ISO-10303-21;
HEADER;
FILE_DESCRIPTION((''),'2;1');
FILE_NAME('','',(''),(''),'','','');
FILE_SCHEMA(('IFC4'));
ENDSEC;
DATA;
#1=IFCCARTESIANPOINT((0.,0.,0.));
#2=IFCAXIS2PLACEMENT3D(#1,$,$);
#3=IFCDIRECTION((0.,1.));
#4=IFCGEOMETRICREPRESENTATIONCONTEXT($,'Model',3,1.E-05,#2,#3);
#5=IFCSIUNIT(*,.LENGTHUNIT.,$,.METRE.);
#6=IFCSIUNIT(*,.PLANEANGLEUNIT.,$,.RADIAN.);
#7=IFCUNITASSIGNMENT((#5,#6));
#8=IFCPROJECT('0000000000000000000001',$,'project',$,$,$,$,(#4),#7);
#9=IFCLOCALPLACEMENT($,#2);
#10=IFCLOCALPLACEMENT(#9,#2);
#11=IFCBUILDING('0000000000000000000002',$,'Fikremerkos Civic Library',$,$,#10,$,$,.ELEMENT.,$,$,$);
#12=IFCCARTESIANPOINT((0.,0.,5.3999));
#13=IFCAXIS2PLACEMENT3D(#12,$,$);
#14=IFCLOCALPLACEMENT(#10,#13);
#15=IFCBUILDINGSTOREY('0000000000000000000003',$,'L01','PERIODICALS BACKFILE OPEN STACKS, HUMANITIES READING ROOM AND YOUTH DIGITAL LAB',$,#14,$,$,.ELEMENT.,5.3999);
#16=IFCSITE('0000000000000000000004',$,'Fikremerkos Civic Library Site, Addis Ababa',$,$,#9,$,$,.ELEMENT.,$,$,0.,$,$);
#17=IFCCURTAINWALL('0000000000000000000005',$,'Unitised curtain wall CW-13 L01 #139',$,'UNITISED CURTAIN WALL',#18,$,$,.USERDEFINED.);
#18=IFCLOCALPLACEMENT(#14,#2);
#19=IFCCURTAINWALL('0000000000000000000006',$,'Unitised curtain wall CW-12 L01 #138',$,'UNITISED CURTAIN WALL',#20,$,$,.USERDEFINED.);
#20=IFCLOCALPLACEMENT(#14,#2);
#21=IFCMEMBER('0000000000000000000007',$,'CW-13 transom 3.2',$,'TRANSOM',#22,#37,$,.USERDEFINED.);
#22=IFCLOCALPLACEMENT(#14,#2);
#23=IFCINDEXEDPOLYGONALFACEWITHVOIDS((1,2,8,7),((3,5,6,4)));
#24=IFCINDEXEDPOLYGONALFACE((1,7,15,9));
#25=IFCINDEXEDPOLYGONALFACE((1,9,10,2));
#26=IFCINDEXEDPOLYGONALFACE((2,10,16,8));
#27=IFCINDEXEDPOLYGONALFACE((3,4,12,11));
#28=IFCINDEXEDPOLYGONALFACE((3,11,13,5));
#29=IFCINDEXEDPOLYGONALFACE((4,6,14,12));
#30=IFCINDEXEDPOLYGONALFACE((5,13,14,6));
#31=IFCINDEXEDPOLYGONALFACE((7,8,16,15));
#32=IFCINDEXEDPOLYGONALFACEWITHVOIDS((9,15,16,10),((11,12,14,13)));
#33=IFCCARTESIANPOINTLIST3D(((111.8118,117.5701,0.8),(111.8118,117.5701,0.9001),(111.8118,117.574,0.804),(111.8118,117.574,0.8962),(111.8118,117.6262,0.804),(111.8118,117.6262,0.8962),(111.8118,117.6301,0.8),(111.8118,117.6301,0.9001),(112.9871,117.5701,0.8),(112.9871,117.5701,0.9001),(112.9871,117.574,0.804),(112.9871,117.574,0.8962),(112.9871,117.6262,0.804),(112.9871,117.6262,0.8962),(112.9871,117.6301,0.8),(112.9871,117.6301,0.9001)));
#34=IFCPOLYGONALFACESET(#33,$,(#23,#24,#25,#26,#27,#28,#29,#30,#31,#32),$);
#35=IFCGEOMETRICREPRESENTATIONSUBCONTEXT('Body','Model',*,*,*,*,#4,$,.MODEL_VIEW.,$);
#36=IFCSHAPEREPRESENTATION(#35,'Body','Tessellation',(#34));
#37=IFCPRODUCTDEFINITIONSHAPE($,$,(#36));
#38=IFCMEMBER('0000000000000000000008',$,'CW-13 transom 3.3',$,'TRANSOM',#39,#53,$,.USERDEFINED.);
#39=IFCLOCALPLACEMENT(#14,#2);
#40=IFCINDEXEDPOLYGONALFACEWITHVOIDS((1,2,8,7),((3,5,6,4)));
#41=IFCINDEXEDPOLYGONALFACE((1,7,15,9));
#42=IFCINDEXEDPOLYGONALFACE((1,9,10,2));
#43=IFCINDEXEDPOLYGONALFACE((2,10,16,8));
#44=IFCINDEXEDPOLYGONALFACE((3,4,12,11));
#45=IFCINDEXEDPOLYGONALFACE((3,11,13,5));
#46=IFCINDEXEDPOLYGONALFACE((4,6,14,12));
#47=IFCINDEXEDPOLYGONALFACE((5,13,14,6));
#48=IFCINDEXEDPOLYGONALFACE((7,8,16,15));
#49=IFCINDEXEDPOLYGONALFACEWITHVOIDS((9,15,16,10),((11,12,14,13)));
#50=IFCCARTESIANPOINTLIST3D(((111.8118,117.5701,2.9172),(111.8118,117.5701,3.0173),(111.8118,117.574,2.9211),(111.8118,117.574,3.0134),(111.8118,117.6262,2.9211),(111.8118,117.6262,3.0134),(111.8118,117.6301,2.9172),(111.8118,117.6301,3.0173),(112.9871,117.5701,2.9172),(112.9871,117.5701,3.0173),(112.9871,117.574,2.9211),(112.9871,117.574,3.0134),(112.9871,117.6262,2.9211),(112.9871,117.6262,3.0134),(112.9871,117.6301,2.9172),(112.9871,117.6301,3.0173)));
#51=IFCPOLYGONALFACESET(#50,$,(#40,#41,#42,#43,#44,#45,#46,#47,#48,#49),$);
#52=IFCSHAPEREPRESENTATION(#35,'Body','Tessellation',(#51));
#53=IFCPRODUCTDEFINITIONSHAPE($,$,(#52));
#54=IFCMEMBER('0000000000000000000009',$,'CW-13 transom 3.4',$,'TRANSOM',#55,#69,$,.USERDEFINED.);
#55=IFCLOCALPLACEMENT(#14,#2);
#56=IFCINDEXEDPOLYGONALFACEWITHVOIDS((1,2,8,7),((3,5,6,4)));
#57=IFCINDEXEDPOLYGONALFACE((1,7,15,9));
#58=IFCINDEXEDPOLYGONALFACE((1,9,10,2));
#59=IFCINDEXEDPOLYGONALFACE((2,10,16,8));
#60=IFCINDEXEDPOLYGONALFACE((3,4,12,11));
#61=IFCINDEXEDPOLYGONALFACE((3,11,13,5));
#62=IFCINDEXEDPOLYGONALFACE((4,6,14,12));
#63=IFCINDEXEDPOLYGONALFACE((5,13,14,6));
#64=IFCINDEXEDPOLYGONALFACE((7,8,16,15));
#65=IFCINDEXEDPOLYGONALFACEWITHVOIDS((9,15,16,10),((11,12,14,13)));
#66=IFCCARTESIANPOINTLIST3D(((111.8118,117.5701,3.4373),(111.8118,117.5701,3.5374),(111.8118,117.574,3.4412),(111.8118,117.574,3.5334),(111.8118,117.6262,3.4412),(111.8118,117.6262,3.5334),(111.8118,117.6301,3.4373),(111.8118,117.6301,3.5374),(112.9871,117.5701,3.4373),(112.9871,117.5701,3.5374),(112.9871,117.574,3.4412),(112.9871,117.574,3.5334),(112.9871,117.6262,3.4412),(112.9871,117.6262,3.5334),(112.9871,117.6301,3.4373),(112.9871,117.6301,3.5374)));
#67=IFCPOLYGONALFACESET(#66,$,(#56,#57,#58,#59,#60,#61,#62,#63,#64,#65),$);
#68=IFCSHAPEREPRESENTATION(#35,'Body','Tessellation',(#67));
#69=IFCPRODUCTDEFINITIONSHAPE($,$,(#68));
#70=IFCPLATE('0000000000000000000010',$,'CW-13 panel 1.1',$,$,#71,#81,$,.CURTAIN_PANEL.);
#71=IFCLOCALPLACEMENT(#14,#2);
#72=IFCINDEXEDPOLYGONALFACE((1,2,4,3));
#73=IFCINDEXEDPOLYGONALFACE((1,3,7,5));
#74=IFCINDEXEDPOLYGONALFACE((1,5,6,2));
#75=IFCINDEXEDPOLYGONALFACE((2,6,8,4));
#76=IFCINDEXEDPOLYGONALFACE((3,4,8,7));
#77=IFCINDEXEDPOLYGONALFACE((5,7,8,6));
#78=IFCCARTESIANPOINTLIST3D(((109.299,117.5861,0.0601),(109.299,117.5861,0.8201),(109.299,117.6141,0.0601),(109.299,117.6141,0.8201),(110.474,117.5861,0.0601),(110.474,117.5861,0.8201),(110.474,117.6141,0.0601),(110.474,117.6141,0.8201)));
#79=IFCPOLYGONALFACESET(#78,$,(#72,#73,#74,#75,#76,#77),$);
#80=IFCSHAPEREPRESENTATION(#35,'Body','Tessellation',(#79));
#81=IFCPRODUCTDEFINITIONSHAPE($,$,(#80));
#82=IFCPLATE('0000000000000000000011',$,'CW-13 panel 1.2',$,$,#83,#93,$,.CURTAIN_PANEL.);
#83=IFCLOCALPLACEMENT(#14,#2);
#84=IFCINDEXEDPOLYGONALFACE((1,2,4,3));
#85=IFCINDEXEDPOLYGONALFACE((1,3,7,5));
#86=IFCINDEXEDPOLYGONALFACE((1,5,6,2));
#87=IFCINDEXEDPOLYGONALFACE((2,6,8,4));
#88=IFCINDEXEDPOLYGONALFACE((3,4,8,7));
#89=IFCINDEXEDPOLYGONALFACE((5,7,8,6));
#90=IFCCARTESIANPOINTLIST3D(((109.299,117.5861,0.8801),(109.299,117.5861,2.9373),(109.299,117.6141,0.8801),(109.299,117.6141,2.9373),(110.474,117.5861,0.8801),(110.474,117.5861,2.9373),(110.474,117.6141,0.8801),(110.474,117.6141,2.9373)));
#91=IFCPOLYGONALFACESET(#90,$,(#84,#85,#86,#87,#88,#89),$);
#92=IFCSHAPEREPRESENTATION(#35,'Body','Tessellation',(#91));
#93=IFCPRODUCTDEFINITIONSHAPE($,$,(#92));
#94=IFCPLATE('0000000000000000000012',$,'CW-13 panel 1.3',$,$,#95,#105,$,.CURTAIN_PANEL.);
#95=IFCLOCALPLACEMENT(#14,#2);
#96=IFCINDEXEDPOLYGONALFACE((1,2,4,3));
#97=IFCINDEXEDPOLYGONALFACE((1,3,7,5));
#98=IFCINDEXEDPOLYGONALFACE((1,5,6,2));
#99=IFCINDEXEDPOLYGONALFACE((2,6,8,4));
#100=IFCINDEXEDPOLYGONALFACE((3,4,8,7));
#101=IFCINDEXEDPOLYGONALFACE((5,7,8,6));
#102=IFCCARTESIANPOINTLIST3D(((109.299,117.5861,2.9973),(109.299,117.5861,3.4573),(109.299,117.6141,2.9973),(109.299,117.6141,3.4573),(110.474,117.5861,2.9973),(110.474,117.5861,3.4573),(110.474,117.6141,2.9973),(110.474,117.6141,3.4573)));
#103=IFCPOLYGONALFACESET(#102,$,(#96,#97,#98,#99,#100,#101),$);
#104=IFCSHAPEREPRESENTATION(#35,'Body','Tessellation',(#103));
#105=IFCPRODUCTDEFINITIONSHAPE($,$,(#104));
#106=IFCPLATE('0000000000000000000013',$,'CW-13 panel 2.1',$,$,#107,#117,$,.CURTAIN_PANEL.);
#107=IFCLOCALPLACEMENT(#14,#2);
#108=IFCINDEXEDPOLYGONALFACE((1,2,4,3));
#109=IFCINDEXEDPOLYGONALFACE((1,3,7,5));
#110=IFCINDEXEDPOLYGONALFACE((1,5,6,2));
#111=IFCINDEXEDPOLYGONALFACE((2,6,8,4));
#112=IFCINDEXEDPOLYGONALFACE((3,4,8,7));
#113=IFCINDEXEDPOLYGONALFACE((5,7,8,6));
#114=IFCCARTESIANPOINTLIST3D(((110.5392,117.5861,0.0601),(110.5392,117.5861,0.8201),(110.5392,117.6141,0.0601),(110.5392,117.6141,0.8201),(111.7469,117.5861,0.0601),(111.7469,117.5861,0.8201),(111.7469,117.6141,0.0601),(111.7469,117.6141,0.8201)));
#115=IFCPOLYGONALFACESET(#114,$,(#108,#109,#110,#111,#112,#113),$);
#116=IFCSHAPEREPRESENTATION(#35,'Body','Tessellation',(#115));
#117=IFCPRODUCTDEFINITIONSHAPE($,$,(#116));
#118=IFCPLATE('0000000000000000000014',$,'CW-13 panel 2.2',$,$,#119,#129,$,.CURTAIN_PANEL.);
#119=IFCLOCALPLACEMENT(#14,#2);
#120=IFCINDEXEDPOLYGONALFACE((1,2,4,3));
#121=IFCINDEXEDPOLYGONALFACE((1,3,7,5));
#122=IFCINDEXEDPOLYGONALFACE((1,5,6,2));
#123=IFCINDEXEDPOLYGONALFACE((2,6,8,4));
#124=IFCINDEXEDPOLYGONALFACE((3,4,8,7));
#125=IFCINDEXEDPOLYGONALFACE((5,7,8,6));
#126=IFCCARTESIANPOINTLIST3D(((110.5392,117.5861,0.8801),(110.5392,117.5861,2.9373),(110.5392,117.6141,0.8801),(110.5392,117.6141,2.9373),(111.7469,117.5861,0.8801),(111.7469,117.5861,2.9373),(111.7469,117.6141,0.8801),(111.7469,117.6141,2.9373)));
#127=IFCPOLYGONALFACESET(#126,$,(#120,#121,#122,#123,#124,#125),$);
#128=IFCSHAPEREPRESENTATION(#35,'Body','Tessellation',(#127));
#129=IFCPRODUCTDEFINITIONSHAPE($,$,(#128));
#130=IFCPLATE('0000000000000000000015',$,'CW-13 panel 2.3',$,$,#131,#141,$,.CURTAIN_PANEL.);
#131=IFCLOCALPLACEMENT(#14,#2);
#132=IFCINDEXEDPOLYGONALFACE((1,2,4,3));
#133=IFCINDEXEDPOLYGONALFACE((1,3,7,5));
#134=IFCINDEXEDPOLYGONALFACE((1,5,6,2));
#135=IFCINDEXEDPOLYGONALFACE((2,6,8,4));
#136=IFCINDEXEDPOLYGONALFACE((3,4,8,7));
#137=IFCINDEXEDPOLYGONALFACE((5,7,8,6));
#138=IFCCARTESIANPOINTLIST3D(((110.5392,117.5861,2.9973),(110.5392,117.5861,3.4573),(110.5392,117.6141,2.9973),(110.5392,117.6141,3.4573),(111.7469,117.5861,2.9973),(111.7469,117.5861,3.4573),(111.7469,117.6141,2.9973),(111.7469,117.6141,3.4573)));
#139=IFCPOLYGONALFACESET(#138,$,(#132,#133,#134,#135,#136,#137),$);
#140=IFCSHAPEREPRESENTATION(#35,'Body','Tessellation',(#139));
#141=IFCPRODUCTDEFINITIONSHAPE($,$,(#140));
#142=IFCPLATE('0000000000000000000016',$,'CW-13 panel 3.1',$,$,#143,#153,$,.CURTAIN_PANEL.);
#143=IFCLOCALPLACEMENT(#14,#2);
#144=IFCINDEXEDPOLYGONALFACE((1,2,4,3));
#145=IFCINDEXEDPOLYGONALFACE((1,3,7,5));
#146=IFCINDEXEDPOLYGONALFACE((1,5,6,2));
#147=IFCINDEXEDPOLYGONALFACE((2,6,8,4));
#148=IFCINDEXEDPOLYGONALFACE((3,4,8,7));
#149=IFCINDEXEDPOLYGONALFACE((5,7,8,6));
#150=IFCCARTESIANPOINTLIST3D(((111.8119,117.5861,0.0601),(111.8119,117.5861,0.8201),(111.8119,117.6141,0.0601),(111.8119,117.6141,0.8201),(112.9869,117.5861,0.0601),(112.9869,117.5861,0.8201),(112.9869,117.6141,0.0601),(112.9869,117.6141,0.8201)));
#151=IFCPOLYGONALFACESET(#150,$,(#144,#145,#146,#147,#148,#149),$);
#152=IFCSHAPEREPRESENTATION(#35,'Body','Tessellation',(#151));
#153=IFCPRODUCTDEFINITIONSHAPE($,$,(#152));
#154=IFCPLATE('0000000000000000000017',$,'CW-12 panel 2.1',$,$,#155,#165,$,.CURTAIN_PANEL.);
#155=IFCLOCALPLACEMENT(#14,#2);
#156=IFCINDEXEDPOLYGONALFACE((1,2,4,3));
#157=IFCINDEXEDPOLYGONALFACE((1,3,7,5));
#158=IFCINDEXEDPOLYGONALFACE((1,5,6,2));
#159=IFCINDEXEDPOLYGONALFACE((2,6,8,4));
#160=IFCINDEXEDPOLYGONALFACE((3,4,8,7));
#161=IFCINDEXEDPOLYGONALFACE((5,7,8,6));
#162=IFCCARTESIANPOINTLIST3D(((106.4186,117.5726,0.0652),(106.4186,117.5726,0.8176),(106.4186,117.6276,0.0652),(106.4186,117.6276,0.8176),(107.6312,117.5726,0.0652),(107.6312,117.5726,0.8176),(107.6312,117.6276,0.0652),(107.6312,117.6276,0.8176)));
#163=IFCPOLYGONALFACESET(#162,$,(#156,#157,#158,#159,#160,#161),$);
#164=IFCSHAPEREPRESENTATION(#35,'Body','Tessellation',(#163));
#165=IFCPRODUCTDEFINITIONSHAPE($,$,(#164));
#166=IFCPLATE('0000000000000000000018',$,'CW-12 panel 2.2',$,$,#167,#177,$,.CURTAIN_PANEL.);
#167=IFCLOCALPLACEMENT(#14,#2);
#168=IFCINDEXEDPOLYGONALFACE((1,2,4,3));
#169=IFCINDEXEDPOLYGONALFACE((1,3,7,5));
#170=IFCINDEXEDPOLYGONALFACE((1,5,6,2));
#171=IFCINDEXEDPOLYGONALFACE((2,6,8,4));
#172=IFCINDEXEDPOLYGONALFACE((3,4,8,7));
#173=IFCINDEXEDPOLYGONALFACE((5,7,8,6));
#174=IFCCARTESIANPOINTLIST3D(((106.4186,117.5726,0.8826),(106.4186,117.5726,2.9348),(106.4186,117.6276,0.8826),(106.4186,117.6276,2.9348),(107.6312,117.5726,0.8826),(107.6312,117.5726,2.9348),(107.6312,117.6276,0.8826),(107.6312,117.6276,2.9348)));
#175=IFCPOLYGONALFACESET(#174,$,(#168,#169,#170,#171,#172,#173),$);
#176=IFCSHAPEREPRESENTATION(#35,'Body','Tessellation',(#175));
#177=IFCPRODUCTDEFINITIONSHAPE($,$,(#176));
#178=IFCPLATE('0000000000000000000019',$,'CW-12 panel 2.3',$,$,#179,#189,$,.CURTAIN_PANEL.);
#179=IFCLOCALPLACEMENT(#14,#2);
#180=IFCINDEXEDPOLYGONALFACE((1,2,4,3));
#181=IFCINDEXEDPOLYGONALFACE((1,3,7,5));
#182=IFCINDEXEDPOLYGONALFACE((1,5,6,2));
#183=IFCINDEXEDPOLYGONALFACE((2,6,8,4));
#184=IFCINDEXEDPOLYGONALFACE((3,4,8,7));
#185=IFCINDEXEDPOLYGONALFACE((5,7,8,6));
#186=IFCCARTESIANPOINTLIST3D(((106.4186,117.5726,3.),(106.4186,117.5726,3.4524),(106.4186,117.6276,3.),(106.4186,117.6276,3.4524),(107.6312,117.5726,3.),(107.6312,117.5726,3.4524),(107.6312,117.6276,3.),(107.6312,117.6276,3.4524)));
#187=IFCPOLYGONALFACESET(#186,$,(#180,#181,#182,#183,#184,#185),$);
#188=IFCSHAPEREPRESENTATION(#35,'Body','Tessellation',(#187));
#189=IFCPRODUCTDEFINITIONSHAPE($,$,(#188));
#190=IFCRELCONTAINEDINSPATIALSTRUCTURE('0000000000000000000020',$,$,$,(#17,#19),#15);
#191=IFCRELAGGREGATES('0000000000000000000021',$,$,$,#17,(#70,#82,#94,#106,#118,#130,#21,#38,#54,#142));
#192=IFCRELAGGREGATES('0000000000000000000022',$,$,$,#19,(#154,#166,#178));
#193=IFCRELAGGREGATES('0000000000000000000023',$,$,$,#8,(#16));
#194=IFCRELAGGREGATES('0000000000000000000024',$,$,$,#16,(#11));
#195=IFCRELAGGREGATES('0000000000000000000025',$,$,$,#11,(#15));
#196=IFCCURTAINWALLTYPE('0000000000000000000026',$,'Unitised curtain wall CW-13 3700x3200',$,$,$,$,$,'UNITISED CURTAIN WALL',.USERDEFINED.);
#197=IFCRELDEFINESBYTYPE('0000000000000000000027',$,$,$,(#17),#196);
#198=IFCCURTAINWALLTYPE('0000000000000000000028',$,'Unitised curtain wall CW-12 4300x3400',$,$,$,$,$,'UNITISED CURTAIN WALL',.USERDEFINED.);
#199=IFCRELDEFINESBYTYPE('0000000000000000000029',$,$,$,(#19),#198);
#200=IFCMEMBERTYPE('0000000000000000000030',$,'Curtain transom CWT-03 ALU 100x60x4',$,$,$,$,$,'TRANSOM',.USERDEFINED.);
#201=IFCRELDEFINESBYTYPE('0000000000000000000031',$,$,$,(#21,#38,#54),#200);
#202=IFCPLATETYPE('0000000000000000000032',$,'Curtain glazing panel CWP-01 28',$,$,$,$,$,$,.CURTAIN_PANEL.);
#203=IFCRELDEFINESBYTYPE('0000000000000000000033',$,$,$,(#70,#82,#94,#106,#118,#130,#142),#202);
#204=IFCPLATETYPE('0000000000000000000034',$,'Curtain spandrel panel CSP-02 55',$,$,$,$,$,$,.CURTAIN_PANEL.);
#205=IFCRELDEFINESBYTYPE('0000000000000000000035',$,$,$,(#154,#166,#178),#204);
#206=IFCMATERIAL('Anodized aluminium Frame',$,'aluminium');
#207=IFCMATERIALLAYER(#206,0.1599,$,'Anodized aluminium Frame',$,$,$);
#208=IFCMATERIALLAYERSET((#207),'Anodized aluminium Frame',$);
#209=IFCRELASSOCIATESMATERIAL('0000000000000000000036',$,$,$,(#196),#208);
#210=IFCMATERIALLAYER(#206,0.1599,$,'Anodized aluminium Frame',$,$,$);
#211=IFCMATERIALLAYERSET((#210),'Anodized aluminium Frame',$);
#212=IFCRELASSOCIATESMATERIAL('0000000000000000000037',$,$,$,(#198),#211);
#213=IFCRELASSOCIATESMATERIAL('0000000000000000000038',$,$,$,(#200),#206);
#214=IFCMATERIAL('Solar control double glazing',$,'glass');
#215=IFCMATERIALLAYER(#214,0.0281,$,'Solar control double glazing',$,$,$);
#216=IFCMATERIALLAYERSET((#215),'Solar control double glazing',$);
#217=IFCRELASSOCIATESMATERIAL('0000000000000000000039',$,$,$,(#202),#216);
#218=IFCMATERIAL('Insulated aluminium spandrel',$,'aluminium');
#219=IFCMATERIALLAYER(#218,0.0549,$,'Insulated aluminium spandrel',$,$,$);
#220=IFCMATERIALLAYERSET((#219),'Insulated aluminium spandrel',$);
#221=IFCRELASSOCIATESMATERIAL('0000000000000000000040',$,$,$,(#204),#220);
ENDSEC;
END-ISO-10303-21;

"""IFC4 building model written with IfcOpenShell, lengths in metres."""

from ifc_helpers import new_model, si_unit, direction, frame, origin, origin_2d, place, context, subcontext, project, spatial, rectangle, hollow_rectangle, extrude, material, layer, layer_set, material_profile, profile_set, type_object, element, aggregate, save


model = new_model("IFC4")

# Units and contexts
model_context = context("Model", 3, precision=1e-05, world=origin(), true_north=direction((0.0, 1.0)))
body_context = subcontext(model_context, "Body", "Model", "MODEL_VIEW")
ifc_project = project(units=[si_unit("LENGTHUNIT", "METRE"), si_unit("PLANEANGLEUNIT", "RADIAN")], contexts=[model_context])

# Site, building, storey
site_placement = place(None, origin())
site = spatial("IfcSite", under=ifc_project, at=site_placement, Name="Fikremerkos Civic Library Site, Addis Ababa", CompositionType="ELEMENT", RefElevation=0.0)
building_placement = place(site_placement, origin())
building = spatial("IfcBuilding", under=site, at=building_placement, Name="Fikremerkos Civic Library", CompositionType="ELEMENT")
storey_placement = place(building_placement, frame((0.0, 0.0, 5.3999)))
storey = spatial("IfcBuildingStorey", under=building, at=storey_placement, Name="L01", Description="PERIODICALS BACKFILE OPEN STACKS, HUMANITIES READING ROOM AND YOUTH DIGITAL LAB", CompositionType="ELEMENT", Elevation=5.3999)

# Curtain walls
ifc_material_1 = material(Name="Anodized aluminium Frame", Category="aluminium")
ifc_layer_1 = layer(ifc_material_1, 0.1599, Name="Anodized aluminium Frame")
ifc_layer_set_1 = layer_set([ifc_layer_1], Name="Anodized aluminium Frame")
curtain_wall_type_1 = type_object("IfcCurtainWallType", Name="Unitised curtain wall CW-13 3700x3200", ElementType="UNITISED CURTAIN WALL", PredefinedType="USERDEFINED", material=ifc_layer_set_1)
curtain_wall_1_placement = place(storey_placement, origin())
curtain_wall_1 = element("IfcCurtainWall", 1, at=curtain_wall_1_placement, inside=storey, type_object=curtain_wall_type_1, Name="Unitised curtain wall CW-13 L01 #139", ObjectType="UNITISED CURTAIN WALL", PredefinedType="USERDEFINED")
ifc_layer_2 = layer(ifc_material_1, 0.1599, Name="Anodized aluminium Frame")
ifc_layer_set_2 = layer_set([ifc_layer_2], Name="Anodized aluminium Frame")
curtain_wall_type_2 = type_object("IfcCurtainWallType", Name="Unitised curtain wall CW-12 4300x3400", ElementType="UNITISED CURTAIN WALL", PredefinedType="USERDEFINED", material=ifc_layer_set_2)
curtain_wall_2_placement = place(storey_placement, origin())
curtain_wall_2 = element("IfcCurtainWall", 2, at=curtain_wall_2_placement, inside=storey, type_object=curtain_wall_type_2, Name="Unitised curtain wall CW-12 L01 #138", ObjectType="UNITISED CURTAIN WALL", PredefinedType="USERDEFINED")

# Members
ifc_material_profile_1 = material_profile(ifc_material_1, hollow_rectangle(XDim=0.0601, YDim=0.1001, WallThickness=0.0039, at=origin_2d()), Name="ALU 100x60x4")
ifc_profile_set_1 = profile_set([ifc_material_profile_1], Name="Anodized aluminium Frame")
member_type_1 = type_object("IfcMemberType", Name="Curtain transom CWT-03 ALU 100x60x4", ElementType="TRANSOM", PredefinedType="USERDEFINED", material=ifc_profile_set_1)
member_1_placement = place(storey_placement, frame((111.8118, 117.6001, 0.8501), z_axis=(1.0, 0.0, 0.0), x_axis=(0.0, 1.0, 0.0)))
member_1 = element("IfcMember", 3, at=member_1_placement, type_object=member_type_1, Name="CW-13 transom 3.2", ObjectType="TRANSOM", PredefinedType="USERDEFINED", context=body_context, shape_type="SweptSolid", body=[
    extrude(hollow_rectangle(XDim=0.0601, YDim=0.1001, WallThickness=0.0039, at=origin_2d()), origin(), (0.0, 0.0, 1.0), 1.1753),
])
member_2_placement = place(storey_placement, frame((111.8118, 117.6001, 2.9673), z_axis=(1.0, 0.0, 0.0), x_axis=(0.0, 1.0, 0.0)))
member_2 = element("IfcMember", 4, at=member_2_placement, type_object=member_type_1, Name="CW-13 transom 3.3", ObjectType="TRANSOM", PredefinedType="USERDEFINED", context=body_context, shape_type="SweptSolid", body=[
    extrude(hollow_rectangle(XDim=0.0601, YDim=0.1001, WallThickness=0.0039, at=origin_2d()), origin(), (0.0, 0.0, 1.0), 1.1753),
])
member_3_placement = place(storey_placement, frame((111.8118, 117.6001, 3.4873), z_axis=(1.0, 0.0, 0.0), x_axis=(0.0, 1.0, 0.0)))
member_3 = element("IfcMember", 5, at=member_3_placement, type_object=member_type_1, Name="CW-13 transom 3.4", ObjectType="TRANSOM", PredefinedType="USERDEFINED", context=body_context, shape_type="SweptSolid", body=[
    extrude(hollow_rectangle(XDim=0.0601, YDim=0.1001, WallThickness=0.0039, at=origin_2d()), origin(), (0.0, 0.0, 1.0), 1.1753),
])

# Plates
ifc_material_2 = material(Name="Solar control double glazing", Category="glass")
ifc_layer_3 = layer(ifc_material_2, 0.0281, Name="Solar control double glazing")
ifc_layer_set_3 = layer_set([ifc_layer_3], Name="Solar control double glazing")
plate_type_1 = type_object("IfcPlateType", Name="Curtain glazing panel CWP-01 28", PredefinedType="CURTAIN_PANEL", material=ifc_layer_set_3)
plate_1_placement = place(storey_placement, frame((109.8865, 117.6001, 0.0601), z_axis=(0.0, 0.0, 1.0), x_axis=(1.0, 0.0, 0.0)))
plate_1 = element("IfcPlate", 6, at=plate_1_placement, type_object=plate_type_1, Name="CW-13 panel 1.1", PredefinedType="CURTAIN_PANEL", context=body_context, shape_type="SweptSolid", body=[
    extrude(rectangle(XDim=1.175, YDim=0.0281, at=origin_2d()), origin(), (0.0, 0.0, 1.0), 0.76),
])
plate_2_placement = place(storey_placement, frame((109.8865, 117.6001, 0.8801), z_axis=(0.0, 0.0, 1.0), x_axis=(1.0, 0.0, 0.0)))
plate_2 = element("IfcPlate", 7, at=plate_2_placement, type_object=plate_type_1, Name="CW-13 panel 1.2", PredefinedType="CURTAIN_PANEL", context=body_context, shape_type="SweptSolid", body=[
    extrude(rectangle(XDim=1.175, YDim=0.0281, at=origin_2d()), origin(), (0.0, 0.0, 1.0), 2.0571),
])
plate_3_placement = place(storey_placement, frame((109.8865, 117.6001, 2.9973), z_axis=(0.0, 0.0, 1.0), x_axis=(1.0, 0.0, 0.0)))
plate_3 = element("IfcPlate", 8, at=plate_3_placement, type_object=plate_type_1, Name="CW-13 panel 1.3", PredefinedType="CURTAIN_PANEL", context=body_context, shape_type="SweptSolid", body=[
    extrude(rectangle(XDim=1.175, YDim=0.0281, at=origin_2d()), origin(), (0.0, 0.0, 1.0), 0.46),
])
plate_4_placement = place(storey_placement, frame((111.1431, 117.6001, 0.0601), z_axis=(0.0, 0.0, 1.0), x_axis=(1.0, 0.0, 0.0)))
plate_4 = element("IfcPlate", 9, at=plate_4_placement, type_object=plate_type_1, Name="CW-13 panel 2.1", PredefinedType="CURTAIN_PANEL", context=body_context, shape_type="SweptSolid", body=[
    extrude(rectangle(XDim=1.2078, YDim=0.0281, at=origin_2d()), origin(), (0.0, 0.0, 1.0), 0.76),
])
plate_5_placement = place(storey_placement, frame((111.1431, 117.6001, 0.8801), z_axis=(0.0, 0.0, 1.0), x_axis=(1.0, 0.0, 0.0)))
plate_5 = element("IfcPlate", 10, at=plate_5_placement, type_object=plate_type_1, Name="CW-13 panel 2.2", PredefinedType="CURTAIN_PANEL", context=body_context, shape_type="SweptSolid", body=[
    extrude(rectangle(XDim=1.2078, YDim=0.0281, at=origin_2d()), origin(), (0.0, 0.0, 1.0), 2.0571),
])
plate_6_placement = place(storey_placement, frame((111.1431, 117.6001, 2.9973), z_axis=(0.0, 0.0, 1.0), x_axis=(1.0, 0.0, 0.0)))
plate_6 = element("IfcPlate", 11, at=plate_6_placement, type_object=plate_type_1, Name="CW-13 panel 2.3", PredefinedType="CURTAIN_PANEL", context=body_context, shape_type="SweptSolid", body=[
    extrude(rectangle(XDim=1.2078, YDim=0.0281, at=origin_2d()), origin(), (0.0, 0.0, 1.0), 0.46),
])
plate_7_placement = place(storey_placement, frame((112.3994, 117.6001, 0.0601), z_axis=(0.0, 0.0, 1.0), x_axis=(1.0, 0.0, 0.0)))
plate_7 = element("IfcPlate", 12, at=plate_7_placement, type_object=plate_type_1, Name="CW-13 panel 3.1", PredefinedType="CURTAIN_PANEL", context=body_context, shape_type="SweptSolid", body=[
    extrude(rectangle(XDim=1.175, YDim=0.0281, at=origin_2d()), origin(), (0.0, 0.0, 1.0), 0.76),
])
aggregate(curtain_wall_1, [plate_1, plate_2, plate_3, plate_4, plate_5, plate_6, member_1, member_2, member_3, plate_7])
ifc_material_3 = material(Name="Insulated aluminium spandrel", Category="aluminium")
ifc_layer_4 = layer(ifc_material_3, 0.0549, Name="Insulated aluminium spandrel")
ifc_layer_set_4 = layer_set([ifc_layer_4], Name="Insulated aluminium spandrel")
plate_type_2 = type_object("IfcPlateType", Name="Curtain spandrel panel CSP-02 55", PredefinedType="CURTAIN_PANEL", material=ifc_layer_set_4)
plate_8_placement = place(storey_placement, frame((107.0249, 117.6001, 0.0652), z_axis=(0.0, 0.0, 1.0), x_axis=(1.0, 0.0, 0.0)))
plate_8 = element("IfcPlate", 13, at=plate_8_placement, type_object=plate_type_2, Name="CW-12 panel 2.1", PredefinedType="CURTAIN_PANEL", context=body_context, shape_type="SweptSolid", body=[
    extrude(rectangle(XDim=1.2126, YDim=0.0549, at=origin_2d()), origin(), (0.0, 0.0, 1.0), 0.7524),
])
plate_9_placement = place(storey_placement, frame((107.0249, 117.6001, 0.8826), z_axis=(0.0, 0.0, 1.0), x_axis=(1.0, 0.0, 0.0)))
plate_9 = element("IfcPlate", 14, at=plate_9_placement, type_object=plate_type_2, Name="CW-12 panel 2.2", PredefinedType="CURTAIN_PANEL", context=body_context, shape_type="SweptSolid", body=[
    extrude(rectangle(XDim=1.2126, YDim=0.0549, at=origin_2d()), origin(), (0.0, 0.0, 1.0), 2.0522),
])
plate_10_placement = place(storey_placement, frame((107.0249, 117.6001, 3.0), z_axis=(0.0, 0.0, 1.0), x_axis=(1.0, 0.0, 0.0)))
plate_10 = element("IfcPlate", 15, at=plate_10_placement, type_object=plate_type_2, Name="CW-12 panel 2.3", PredefinedType="CURTAIN_PANEL", context=body_context, shape_type="SweptSolid", body=[
    extrude(rectangle(XDim=1.2126, YDim=0.0549, at=origin_2d()), origin(), (0.0, 0.0, 1.0), 0.4524),
])
aggregate(curtain_wall_2, [plate_8, plate_9, plate_10])

save(model, "model.ifc")
